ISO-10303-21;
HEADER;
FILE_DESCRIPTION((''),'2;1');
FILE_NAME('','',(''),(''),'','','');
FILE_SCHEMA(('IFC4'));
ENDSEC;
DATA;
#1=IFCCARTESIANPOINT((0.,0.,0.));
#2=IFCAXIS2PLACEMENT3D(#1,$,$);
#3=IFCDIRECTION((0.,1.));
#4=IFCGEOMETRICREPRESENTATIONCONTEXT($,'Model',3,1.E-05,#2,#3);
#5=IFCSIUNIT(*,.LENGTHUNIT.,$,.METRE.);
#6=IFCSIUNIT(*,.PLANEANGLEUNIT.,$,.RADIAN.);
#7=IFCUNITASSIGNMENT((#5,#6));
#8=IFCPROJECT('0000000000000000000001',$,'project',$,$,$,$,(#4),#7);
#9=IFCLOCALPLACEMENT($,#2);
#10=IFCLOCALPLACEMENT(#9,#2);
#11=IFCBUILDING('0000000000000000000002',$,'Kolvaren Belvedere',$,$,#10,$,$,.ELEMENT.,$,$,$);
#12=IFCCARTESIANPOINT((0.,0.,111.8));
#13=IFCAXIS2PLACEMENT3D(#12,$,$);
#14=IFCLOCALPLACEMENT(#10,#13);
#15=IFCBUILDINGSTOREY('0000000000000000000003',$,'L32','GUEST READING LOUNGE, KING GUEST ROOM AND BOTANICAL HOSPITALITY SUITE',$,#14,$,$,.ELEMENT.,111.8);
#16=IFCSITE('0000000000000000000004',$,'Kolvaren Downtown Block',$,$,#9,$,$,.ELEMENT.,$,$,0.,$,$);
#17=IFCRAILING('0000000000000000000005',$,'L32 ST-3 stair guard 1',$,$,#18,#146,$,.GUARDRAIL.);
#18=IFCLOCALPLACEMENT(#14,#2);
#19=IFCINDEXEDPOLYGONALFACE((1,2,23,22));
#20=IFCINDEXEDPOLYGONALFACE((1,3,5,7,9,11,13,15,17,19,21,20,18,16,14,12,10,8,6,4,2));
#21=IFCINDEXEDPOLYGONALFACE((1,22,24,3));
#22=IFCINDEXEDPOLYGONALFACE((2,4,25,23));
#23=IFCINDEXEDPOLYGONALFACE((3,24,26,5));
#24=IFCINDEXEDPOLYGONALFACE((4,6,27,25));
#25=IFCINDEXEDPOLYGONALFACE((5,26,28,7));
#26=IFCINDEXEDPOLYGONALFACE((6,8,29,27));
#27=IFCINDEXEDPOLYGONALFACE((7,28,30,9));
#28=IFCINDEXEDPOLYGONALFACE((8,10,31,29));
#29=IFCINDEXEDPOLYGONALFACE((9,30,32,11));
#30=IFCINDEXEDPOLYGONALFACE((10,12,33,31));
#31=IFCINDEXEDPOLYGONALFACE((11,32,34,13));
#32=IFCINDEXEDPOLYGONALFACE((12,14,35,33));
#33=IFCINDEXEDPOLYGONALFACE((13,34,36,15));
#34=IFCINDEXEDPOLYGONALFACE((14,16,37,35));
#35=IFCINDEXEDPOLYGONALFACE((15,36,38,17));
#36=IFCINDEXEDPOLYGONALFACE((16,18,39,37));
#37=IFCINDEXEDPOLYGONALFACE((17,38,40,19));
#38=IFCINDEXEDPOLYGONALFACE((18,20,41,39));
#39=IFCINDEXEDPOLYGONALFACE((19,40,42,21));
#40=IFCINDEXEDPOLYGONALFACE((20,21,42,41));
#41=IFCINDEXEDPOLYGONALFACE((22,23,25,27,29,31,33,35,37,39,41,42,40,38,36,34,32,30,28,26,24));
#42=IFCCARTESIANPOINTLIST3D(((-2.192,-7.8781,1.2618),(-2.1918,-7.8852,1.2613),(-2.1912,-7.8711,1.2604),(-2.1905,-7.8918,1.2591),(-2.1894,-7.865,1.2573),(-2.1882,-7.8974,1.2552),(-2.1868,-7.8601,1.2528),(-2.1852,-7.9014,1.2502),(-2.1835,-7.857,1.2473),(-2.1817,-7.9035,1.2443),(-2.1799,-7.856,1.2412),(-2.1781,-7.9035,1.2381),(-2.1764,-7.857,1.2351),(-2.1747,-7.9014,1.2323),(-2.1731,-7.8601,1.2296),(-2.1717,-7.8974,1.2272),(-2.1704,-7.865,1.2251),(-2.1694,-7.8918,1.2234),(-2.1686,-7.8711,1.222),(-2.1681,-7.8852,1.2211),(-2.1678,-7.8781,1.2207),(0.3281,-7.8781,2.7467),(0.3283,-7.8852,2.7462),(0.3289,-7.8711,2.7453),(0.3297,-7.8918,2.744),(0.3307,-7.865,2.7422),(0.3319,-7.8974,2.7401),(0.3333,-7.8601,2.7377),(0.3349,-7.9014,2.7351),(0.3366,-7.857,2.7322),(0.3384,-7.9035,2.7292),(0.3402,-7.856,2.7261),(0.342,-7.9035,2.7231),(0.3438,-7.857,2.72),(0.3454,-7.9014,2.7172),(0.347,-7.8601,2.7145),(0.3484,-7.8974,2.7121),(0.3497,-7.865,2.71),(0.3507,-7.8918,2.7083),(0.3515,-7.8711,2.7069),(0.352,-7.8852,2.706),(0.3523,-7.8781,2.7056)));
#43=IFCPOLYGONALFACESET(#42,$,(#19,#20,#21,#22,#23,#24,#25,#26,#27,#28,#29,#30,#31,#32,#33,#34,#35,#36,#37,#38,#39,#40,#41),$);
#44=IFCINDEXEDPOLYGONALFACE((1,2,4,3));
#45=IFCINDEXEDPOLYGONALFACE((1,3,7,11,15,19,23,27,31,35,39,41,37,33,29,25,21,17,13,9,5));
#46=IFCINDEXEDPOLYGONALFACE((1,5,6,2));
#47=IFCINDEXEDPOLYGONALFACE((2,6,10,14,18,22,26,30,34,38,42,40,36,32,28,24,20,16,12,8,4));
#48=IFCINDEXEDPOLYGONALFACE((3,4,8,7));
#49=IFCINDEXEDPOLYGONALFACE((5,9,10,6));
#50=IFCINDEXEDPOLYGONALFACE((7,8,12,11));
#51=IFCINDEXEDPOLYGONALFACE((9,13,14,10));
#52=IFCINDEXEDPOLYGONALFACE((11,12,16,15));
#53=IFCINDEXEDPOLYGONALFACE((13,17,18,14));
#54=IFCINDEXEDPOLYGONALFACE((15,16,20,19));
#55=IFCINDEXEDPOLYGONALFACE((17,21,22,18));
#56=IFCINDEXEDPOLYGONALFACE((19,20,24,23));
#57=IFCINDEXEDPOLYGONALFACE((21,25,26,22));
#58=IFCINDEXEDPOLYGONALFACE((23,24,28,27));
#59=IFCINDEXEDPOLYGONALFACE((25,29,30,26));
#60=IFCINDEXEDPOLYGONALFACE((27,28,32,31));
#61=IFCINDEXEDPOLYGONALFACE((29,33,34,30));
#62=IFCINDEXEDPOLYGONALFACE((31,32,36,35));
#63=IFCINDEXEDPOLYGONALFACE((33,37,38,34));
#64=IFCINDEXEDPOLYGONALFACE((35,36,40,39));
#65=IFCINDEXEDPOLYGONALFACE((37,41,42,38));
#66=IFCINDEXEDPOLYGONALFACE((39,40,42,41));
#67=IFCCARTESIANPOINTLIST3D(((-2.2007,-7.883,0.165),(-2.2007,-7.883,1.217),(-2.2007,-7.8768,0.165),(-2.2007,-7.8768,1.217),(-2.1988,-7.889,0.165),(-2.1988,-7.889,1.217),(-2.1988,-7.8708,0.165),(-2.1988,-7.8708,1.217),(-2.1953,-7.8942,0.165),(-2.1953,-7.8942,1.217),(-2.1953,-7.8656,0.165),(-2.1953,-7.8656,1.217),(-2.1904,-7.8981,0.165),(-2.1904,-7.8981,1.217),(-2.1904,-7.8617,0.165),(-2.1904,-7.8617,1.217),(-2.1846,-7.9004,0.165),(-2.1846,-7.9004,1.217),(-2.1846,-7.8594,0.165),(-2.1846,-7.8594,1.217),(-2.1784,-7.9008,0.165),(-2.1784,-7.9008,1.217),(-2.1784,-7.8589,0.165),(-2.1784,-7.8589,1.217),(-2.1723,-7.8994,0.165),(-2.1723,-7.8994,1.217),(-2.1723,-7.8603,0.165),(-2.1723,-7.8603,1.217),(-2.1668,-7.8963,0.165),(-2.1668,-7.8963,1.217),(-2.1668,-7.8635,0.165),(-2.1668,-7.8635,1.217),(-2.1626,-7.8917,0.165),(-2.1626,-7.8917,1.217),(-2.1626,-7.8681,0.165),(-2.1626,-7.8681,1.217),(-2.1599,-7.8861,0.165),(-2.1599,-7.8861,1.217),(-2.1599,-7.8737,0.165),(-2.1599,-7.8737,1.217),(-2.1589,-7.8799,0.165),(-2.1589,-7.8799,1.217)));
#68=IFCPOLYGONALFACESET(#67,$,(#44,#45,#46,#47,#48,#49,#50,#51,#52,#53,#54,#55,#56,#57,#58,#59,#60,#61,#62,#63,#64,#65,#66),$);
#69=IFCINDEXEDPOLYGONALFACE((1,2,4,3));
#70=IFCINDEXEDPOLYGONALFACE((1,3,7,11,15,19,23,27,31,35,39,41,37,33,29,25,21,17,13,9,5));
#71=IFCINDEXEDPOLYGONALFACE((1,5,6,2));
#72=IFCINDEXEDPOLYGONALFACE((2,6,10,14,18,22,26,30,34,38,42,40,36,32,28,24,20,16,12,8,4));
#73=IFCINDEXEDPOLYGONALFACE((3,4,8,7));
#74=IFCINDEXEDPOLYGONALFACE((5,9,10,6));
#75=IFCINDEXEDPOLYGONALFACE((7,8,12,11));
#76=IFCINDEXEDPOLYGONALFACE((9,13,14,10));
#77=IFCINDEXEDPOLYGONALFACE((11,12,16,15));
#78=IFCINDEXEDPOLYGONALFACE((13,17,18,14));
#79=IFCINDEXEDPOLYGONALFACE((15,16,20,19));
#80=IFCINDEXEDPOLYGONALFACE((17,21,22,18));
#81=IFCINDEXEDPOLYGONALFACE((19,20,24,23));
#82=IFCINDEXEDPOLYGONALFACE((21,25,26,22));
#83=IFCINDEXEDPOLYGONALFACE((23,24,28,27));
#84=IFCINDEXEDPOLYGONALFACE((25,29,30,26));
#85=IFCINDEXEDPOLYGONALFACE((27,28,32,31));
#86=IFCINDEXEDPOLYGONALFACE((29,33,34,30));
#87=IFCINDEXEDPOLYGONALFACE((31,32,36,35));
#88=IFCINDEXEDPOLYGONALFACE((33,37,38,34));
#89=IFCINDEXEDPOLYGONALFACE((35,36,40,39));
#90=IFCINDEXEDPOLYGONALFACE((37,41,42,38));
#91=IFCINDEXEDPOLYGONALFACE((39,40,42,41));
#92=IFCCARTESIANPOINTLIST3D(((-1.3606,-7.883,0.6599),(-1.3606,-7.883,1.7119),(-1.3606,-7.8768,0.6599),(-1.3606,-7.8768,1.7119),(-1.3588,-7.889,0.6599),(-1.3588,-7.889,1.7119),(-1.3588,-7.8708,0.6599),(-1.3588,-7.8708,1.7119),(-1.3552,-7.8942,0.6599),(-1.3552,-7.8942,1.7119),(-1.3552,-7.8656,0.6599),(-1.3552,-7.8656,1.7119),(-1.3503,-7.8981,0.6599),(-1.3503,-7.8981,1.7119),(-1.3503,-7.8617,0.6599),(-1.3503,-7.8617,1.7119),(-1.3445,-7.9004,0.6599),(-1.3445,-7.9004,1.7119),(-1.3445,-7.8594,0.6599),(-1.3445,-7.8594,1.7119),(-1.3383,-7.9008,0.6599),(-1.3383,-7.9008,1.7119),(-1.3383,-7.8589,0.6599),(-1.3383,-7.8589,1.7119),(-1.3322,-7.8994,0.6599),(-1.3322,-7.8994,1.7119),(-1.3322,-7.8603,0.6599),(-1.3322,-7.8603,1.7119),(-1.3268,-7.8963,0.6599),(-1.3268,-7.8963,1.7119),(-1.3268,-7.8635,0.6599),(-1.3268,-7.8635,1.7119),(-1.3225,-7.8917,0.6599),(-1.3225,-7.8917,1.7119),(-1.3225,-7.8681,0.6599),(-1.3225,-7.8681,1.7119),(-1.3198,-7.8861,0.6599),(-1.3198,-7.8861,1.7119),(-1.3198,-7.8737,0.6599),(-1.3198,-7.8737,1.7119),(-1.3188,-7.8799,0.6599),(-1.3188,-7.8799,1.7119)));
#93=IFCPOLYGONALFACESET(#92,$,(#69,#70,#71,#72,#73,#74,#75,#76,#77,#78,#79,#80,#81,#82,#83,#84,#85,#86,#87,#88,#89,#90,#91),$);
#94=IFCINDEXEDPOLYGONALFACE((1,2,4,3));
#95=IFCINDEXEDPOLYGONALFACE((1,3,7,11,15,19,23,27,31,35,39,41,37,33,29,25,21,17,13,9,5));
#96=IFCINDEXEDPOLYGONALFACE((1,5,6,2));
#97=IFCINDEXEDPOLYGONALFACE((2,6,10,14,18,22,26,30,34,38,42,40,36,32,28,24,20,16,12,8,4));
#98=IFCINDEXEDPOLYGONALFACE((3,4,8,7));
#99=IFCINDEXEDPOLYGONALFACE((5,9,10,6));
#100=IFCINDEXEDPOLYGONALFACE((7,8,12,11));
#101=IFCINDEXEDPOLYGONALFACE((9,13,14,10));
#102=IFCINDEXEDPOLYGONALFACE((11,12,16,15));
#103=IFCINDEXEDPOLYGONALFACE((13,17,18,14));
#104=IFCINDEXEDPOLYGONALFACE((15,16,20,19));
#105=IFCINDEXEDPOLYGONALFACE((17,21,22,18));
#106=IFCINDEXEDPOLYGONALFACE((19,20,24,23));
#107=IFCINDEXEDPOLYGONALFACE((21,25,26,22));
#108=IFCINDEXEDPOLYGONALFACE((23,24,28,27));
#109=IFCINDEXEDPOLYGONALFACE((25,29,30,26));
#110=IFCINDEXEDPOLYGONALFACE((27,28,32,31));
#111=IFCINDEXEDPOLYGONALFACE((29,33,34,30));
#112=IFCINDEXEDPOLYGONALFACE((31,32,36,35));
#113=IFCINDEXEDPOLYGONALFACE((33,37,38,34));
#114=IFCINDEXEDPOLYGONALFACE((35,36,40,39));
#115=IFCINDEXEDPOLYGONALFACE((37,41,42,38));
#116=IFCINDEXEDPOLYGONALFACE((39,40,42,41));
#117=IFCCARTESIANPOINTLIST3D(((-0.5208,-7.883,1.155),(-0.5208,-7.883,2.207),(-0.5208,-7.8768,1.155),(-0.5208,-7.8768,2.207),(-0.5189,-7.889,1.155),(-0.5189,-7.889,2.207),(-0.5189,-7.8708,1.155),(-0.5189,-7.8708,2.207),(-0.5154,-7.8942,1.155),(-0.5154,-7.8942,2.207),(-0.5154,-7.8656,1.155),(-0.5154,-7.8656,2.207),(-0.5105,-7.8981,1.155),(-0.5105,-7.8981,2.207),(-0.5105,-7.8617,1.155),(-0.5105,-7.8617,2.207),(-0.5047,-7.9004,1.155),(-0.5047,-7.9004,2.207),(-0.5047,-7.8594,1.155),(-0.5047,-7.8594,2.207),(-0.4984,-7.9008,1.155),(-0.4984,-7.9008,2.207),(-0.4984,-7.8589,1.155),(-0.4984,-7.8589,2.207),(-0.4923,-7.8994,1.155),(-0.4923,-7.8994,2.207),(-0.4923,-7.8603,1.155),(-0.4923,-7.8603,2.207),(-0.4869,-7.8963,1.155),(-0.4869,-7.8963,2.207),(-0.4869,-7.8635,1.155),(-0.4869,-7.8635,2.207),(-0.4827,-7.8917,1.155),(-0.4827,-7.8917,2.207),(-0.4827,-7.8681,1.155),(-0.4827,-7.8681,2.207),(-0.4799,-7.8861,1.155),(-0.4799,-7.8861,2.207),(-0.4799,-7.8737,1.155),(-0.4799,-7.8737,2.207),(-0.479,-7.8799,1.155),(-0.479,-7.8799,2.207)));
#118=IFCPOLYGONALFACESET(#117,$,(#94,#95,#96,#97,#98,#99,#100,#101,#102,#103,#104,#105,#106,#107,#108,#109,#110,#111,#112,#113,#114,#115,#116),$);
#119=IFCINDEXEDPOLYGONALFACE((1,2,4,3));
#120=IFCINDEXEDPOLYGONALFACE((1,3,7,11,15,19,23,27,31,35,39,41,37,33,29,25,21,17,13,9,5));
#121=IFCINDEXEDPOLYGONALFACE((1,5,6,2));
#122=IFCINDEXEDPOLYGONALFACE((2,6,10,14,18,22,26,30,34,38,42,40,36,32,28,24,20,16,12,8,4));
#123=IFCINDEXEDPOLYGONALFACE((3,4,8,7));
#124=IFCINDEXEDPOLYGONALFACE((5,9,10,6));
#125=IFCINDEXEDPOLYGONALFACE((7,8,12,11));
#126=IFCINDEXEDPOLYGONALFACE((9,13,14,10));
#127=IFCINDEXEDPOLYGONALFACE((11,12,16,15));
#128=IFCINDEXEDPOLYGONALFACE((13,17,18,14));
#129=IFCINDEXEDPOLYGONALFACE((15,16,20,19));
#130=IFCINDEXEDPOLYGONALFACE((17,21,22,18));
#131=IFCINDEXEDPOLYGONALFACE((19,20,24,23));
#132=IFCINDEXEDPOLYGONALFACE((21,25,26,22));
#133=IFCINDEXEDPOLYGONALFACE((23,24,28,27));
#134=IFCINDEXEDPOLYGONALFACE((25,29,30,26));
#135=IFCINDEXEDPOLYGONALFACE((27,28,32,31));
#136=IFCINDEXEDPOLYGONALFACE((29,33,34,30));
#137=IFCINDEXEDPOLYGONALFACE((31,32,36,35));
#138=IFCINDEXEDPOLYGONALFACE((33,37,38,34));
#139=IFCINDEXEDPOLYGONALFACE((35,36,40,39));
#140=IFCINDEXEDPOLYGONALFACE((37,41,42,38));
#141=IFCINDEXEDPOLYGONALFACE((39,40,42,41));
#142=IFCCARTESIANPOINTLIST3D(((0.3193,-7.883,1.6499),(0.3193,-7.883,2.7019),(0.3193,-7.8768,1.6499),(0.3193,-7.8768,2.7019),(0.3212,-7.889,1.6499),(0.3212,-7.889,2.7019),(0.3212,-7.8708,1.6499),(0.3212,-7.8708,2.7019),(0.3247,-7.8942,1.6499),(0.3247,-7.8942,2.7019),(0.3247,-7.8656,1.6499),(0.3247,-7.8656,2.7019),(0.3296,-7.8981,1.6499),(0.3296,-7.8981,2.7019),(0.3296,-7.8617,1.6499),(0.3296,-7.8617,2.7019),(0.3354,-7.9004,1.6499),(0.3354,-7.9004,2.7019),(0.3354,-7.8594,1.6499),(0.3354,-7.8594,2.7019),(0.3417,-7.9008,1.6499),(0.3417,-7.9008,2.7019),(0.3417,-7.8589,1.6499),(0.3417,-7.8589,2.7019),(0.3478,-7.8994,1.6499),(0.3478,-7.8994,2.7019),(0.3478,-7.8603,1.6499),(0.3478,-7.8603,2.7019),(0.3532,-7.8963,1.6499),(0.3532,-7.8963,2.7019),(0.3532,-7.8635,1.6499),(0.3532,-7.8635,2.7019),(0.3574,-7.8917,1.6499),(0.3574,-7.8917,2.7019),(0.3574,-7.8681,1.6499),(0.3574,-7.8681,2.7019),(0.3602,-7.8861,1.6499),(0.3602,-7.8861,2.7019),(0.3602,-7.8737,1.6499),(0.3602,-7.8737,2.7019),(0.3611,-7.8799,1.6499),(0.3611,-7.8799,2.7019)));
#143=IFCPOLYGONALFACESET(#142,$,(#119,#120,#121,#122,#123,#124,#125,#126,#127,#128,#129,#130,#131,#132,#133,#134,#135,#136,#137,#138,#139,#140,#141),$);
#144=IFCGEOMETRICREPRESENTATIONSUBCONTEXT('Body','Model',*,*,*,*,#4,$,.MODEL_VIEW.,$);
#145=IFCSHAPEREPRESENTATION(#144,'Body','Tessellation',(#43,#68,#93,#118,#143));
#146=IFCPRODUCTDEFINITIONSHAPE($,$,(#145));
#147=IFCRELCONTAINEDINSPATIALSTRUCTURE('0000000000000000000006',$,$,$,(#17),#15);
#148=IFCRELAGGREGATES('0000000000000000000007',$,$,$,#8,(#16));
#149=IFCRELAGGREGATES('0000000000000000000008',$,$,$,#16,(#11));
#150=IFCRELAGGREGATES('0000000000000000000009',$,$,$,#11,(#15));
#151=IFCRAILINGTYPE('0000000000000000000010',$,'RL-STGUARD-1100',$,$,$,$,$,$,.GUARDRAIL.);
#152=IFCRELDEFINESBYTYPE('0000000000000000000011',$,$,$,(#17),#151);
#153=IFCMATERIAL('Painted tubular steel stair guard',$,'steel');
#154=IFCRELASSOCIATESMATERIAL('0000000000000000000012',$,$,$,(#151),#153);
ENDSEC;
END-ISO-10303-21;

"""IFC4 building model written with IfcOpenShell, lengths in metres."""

from ifc_helpers import new_model, si_unit, direction, frame, origin, origin_2d, place, context, subcontext, project, spatial, circle, extrude, material, type_object, element, save


model = new_model("IFC4")

# Units and contexts
model_context = context("Model", 3, precision=1e-05, world=origin(), true_north=direction((0.0, 1.0)))
body_context = subcontext(model_context, "Body", "Model", "MODEL_VIEW")
ifc_project = project(units=[si_unit("LENGTHUNIT", "METRE"), si_unit("PLANEANGLEUNIT", "RADIAN")], contexts=[model_context])

# Site, building, storey
site_placement = place(None, origin())
site = spatial("IfcSite", under=ifc_project, at=site_placement, Name="Kolvaren Downtown Block", CompositionType="ELEMENT", RefElevation=0.0)
building_placement = place(site_placement, origin())
building = spatial("IfcBuilding", under=site, at=building_placement, Name="Kolvaren Belvedere", CompositionType="ELEMENT")
storey_placement = place(building_placement, frame((0.0, 0.0, 111.8)))
storey = spatial("IfcBuildingStorey", under=building, at=storey_placement, Name="L32", Description="GUEST READING LOUNGE, KING GUEST ROOM AND BOTANICAL HOSPITALITY SUITE", CompositionType="ELEMENT", Elevation=111.8)

# Railing
ifc_material_1 = material(Name="Painted tubular steel stair guard", Category="steel")
railing_type_1 = type_object("IfcRailingType", Name="RL-STGUARD-1100", PredefinedType="GUARDRAIL", material=ifc_material_1)
railing_1_placement = place(storey_placement, frame((-2.1799, -7.8799, 0.165)))
element("IfcRailing", 1, at=railing_1_placement, inside=storey, type_object=railing_type_1, Name="L32 ST-3 stair guard 1", PredefinedType="GUARDRAIL", context=body_context, shape_type="SweptSolid", body=[
    extrude(circle(Radius=0.0239, at=origin_2d()), frame((0.0, 0.0, 1.0762), z_axis=(0.861561, 0.0, 0.507655), x_axis=(0.0, 1.0, 0.0)), (0.0, 0.0, 1.0), 2.925),
    extrude(circle(Radius=0.021, at=origin_2d()), origin(), (0.0, 0.0, 1.0), 1.052),
    extrude(circle(Radius=0.021, at=origin_2d()), frame((0.8401, 0.0, 0.4949)), (0.0, 0.0, 1.0), 1.052),
    extrude(circle(Radius=0.021, at=origin_2d()), frame((1.6799, 0.0, 0.99)), (0.0, 0.0, 1.0), 1.052),
    extrude(circle(Radius=0.021, at=origin_2d()), frame((2.52, 0.0, 1.4849)), (0.0, 0.0, 1.0), 1.052),
])

save(model, "model.ifc")
